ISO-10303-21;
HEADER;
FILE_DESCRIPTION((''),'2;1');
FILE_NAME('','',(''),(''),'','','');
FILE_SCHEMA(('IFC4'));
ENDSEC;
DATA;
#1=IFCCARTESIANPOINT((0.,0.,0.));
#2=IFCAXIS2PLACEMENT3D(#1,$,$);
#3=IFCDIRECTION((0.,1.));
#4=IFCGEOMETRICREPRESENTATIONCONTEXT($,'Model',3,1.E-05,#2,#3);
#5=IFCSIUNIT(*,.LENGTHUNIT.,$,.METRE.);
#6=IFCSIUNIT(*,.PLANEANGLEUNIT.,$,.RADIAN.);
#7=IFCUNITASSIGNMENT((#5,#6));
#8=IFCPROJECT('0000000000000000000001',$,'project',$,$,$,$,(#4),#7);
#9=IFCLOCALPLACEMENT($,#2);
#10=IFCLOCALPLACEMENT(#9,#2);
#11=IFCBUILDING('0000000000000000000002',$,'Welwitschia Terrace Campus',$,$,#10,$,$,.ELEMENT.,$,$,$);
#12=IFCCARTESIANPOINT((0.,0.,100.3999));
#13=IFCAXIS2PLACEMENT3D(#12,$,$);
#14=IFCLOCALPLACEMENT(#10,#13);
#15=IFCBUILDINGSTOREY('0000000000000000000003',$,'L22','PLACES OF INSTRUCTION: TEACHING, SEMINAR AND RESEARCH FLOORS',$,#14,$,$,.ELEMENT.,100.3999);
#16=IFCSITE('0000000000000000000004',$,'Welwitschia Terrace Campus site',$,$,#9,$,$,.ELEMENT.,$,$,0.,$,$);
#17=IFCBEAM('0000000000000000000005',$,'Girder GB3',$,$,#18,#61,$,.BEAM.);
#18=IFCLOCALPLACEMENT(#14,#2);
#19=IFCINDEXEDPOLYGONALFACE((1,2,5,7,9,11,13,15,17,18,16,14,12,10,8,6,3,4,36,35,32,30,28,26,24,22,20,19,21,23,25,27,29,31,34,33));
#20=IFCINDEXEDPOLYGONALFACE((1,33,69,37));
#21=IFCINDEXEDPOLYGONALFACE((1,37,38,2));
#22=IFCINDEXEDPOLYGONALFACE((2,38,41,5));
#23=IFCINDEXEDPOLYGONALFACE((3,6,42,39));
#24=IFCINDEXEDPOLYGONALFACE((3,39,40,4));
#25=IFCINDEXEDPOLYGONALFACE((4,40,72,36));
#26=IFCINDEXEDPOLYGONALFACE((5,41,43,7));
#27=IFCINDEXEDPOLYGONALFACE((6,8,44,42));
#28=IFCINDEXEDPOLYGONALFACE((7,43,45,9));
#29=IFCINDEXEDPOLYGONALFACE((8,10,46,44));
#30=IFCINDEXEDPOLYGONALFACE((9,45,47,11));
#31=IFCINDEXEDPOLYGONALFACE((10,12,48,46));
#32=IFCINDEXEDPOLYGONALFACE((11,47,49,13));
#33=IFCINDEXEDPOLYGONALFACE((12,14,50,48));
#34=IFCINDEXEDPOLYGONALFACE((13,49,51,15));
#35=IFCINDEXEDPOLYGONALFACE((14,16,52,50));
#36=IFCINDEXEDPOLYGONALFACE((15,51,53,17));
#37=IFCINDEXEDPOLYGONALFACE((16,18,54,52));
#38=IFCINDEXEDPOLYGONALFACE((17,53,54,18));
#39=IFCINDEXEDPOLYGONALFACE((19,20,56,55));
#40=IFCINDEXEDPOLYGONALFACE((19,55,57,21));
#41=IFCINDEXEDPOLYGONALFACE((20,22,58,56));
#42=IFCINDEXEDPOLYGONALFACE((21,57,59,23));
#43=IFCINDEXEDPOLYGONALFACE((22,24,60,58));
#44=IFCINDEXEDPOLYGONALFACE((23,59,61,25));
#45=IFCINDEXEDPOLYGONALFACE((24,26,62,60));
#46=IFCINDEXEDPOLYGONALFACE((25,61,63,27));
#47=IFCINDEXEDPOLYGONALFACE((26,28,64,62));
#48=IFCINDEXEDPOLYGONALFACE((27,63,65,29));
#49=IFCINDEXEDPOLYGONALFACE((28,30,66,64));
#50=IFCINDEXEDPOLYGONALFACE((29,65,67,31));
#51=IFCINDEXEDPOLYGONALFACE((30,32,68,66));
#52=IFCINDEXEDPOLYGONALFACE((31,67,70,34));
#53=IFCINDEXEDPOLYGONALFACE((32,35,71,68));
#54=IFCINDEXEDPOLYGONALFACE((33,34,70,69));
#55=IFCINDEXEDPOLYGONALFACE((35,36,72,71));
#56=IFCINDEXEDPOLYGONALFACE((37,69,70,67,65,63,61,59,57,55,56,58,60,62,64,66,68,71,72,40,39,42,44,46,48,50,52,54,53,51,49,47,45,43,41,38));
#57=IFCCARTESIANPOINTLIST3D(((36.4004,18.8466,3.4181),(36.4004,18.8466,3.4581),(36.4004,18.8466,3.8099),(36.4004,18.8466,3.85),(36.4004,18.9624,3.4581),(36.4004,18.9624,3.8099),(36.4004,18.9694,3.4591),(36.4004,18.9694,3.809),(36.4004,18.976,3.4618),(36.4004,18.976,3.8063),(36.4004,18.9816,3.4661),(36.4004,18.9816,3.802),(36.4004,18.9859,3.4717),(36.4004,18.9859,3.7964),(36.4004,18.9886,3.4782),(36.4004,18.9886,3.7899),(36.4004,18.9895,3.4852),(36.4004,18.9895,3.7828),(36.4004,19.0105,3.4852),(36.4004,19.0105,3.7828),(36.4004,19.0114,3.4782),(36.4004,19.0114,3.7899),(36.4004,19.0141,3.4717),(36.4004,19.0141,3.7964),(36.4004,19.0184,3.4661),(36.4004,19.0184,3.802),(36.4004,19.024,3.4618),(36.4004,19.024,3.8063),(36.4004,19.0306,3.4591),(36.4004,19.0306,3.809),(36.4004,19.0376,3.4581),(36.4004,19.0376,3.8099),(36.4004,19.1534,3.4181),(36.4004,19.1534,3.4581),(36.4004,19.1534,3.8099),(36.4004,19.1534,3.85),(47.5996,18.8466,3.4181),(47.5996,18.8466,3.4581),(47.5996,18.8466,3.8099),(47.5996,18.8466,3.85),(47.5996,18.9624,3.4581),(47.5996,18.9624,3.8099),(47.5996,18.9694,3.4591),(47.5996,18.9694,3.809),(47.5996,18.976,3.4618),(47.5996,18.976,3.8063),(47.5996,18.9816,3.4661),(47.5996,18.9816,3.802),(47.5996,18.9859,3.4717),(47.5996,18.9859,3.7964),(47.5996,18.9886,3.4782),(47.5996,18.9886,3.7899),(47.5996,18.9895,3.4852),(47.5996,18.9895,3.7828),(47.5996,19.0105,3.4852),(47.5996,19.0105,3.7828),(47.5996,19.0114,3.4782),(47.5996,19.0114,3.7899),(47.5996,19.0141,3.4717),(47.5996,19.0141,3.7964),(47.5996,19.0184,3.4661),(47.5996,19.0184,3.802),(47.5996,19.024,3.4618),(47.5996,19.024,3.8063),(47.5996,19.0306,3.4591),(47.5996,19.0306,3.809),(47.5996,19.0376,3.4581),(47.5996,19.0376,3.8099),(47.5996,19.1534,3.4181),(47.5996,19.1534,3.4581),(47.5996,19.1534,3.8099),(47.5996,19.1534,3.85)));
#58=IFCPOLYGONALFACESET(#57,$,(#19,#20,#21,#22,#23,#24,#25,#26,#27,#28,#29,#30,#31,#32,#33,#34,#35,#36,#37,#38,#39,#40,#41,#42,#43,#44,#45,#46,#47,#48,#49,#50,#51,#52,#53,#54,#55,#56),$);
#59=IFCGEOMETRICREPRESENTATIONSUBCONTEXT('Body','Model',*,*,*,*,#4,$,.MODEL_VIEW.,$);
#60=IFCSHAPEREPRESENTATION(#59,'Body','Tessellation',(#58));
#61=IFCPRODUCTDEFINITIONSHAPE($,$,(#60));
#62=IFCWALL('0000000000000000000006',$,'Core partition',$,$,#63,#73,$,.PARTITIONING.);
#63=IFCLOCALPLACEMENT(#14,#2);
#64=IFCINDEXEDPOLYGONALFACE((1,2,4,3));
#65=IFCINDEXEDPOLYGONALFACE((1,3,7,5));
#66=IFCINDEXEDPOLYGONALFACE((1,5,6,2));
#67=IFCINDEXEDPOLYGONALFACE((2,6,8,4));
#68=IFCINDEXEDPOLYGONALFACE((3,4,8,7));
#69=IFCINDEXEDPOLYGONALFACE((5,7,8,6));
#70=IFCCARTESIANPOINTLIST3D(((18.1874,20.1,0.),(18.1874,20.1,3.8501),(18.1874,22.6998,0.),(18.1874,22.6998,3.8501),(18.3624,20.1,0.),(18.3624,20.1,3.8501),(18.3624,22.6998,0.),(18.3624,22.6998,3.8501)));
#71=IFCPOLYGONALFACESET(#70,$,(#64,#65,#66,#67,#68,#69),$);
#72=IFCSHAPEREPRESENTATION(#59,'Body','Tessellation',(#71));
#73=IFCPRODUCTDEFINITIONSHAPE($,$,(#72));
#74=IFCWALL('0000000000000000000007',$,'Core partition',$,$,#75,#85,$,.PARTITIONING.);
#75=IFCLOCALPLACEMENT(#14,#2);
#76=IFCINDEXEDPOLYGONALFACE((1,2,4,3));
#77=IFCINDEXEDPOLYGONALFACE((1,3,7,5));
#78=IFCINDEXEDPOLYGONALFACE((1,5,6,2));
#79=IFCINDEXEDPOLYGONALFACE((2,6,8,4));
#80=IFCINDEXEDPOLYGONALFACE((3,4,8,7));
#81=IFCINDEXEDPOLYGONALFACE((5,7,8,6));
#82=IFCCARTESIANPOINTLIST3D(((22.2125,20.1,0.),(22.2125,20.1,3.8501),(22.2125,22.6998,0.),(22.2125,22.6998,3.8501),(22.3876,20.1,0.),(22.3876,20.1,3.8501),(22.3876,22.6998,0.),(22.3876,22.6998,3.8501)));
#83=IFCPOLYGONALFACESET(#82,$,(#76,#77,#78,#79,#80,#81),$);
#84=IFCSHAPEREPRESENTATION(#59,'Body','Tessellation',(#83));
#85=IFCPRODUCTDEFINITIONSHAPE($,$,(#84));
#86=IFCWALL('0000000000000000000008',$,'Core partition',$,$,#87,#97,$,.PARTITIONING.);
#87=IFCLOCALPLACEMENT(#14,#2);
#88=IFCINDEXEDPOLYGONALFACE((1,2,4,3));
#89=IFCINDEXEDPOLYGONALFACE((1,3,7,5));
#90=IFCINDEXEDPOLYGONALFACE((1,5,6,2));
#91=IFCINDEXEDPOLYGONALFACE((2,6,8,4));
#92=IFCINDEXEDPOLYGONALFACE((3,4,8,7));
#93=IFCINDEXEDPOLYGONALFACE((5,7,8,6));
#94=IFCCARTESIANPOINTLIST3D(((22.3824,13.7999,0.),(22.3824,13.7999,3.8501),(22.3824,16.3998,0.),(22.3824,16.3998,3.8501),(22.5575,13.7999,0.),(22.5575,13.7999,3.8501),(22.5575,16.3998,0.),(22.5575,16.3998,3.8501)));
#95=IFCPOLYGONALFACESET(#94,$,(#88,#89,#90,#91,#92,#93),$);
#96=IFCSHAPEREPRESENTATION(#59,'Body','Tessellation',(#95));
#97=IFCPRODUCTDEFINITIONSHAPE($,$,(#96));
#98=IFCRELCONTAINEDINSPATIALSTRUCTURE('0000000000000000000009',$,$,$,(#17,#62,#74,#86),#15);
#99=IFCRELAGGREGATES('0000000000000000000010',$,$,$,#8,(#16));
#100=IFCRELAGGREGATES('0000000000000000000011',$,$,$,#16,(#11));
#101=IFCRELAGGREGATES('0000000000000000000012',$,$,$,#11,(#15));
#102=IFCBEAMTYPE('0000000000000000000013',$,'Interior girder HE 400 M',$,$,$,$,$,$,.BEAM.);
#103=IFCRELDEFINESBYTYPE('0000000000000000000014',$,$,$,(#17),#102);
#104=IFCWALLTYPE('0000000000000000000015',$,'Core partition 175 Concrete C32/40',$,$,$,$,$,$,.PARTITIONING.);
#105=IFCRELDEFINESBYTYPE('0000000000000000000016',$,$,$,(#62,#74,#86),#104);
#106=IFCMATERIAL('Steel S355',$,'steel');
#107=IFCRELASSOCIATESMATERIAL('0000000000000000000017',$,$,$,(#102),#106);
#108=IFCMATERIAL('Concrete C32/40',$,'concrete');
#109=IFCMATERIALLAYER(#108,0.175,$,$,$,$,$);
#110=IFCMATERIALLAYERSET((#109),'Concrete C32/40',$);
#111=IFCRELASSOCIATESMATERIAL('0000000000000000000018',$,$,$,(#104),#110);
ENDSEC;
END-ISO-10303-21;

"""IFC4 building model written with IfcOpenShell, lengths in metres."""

from ifc_helpers import new_model, si_unit, direction, frame, frame_2d, origin, origin_2d, place, context, subcontext, project, spatial, rectangle, i_section, extrude, material, layer, layer_set, material_profile, profile_set, type_object, element, save


model = new_model("IFC4")

# Units and contexts
model_context = context("Model", 3, precision=1e-05, world=origin(), true_north=direction((0.0, 1.0)))
body_context = subcontext(model_context, "Body", "Model", "MODEL_VIEW")
ifc_project = project(units=[si_unit("LENGTHUNIT", "METRE"), si_unit("PLANEANGLEUNIT", "RADIAN")], contexts=[model_context])

# Site, building, storey
site_placement = place(None, origin())
site = spatial("IfcSite", under=ifc_project, at=site_placement, Name="Welwitschia Terrace Campus site", CompositionType="ELEMENT", RefElevation=0.0)
building_placement = place(site_placement, origin())
building = spatial("IfcBuilding", under=site, at=building_placement, Name="Welwitschia Terrace Campus", CompositionType="ELEMENT")
storey_placement = place(building_placement, frame((0.0, 0.0, 100.3999)))
storey = spatial("IfcBuildingStorey", under=building, at=storey_placement, Name="L22", Description="PLACES OF INSTRUCTION: TEACHING, SEMINAR AND RESEARCH FLOORS", CompositionType="ELEMENT", Elevation=100.3999)

# Beam
ifc_material_1 = material(Name="Steel S355", Category="steel")
ifc_material_profile_1 = material_profile(ifc_material_1, i_section(OverallWidth=0.3069, OverallDepth=0.4319, WebThickness=0.021, FlangeThickness=0.04, FilletRadius=0.0271, at=origin_2d()))
ifc_profile_set_1 = profile_set([ifc_material_profile_1], Name="Steel S355")
beam_type = type_object("IfcBeamType", Name="Interior girder HE 400 M", PredefinedType="BEAM", material=ifc_profile_set_1)
beam_1_placement = place(storey_placement, frame((36.4004, 19.0, 3.634), z_axis=(1.0, 0.0, 0.0), x_axis=(0.0, 1.0, 0.0)))
element("IfcBeam", 1, at=beam_1_placement, inside=storey, type_object=beam_type, Name="Girder GB3", PredefinedType="BEAM", context=body_context, shape_type="SweptSolid", body=[
    extrude(i_section(OverallWidth=0.3069, OverallDepth=0.4319, WebThickness=0.021, FlangeThickness=0.04, FilletRadius=0.0271, at=origin_2d()), origin(), (0.0, 0.0, 1.0), 11.1992),
])

# Walls
ifc_material_2 = material(Name="Concrete C32/40", Category="concrete")
ifc_layer_1 = layer(ifc_material_2, 0.175)
ifc_layer_set_1 = layer_set([ifc_layer_1], Name="Concrete C32/40")
wall_type_1 = type_object("IfcWallType", Name="Core partition 175 Concrete C32/40", PredefinedType="PARTITIONING", material=ifc_layer_set_1)
for number, where, z_axis, x_axis, name in (
    (2, (18.2749, 20.1001, 0.0), (0.0, 0.0, 1.0), (0.0, 1.0, 0.0), "Core partition"),
    (3, (22.3, 20.1001, 0.0), (0.0, 0.0, 1.0), (0.0, 1.0, 0.0), "Core partition"),
    (4, (22.47, 13.8, 0.0), (0.0, 0.0, 1.0), (0.0, 1.0, 0.0), "Core partition"),
):
    element("IfcWall", number, at=place(storey_placement, frame(where, z_axis=z_axis, x_axis=x_axis)), inside=storey, type_object=wall_type_1, Name=name, PredefinedType="PARTITIONING", context=body_context, shape_type="SweptSolid", body=[
        extrude(rectangle(XDim=2.5999, YDim=0.175, at=frame_2d((1.2998, 0.0))), origin(), (0.0, 0.0, 1.0), 3.8501),
    ])

save(model, "model.ifc")
